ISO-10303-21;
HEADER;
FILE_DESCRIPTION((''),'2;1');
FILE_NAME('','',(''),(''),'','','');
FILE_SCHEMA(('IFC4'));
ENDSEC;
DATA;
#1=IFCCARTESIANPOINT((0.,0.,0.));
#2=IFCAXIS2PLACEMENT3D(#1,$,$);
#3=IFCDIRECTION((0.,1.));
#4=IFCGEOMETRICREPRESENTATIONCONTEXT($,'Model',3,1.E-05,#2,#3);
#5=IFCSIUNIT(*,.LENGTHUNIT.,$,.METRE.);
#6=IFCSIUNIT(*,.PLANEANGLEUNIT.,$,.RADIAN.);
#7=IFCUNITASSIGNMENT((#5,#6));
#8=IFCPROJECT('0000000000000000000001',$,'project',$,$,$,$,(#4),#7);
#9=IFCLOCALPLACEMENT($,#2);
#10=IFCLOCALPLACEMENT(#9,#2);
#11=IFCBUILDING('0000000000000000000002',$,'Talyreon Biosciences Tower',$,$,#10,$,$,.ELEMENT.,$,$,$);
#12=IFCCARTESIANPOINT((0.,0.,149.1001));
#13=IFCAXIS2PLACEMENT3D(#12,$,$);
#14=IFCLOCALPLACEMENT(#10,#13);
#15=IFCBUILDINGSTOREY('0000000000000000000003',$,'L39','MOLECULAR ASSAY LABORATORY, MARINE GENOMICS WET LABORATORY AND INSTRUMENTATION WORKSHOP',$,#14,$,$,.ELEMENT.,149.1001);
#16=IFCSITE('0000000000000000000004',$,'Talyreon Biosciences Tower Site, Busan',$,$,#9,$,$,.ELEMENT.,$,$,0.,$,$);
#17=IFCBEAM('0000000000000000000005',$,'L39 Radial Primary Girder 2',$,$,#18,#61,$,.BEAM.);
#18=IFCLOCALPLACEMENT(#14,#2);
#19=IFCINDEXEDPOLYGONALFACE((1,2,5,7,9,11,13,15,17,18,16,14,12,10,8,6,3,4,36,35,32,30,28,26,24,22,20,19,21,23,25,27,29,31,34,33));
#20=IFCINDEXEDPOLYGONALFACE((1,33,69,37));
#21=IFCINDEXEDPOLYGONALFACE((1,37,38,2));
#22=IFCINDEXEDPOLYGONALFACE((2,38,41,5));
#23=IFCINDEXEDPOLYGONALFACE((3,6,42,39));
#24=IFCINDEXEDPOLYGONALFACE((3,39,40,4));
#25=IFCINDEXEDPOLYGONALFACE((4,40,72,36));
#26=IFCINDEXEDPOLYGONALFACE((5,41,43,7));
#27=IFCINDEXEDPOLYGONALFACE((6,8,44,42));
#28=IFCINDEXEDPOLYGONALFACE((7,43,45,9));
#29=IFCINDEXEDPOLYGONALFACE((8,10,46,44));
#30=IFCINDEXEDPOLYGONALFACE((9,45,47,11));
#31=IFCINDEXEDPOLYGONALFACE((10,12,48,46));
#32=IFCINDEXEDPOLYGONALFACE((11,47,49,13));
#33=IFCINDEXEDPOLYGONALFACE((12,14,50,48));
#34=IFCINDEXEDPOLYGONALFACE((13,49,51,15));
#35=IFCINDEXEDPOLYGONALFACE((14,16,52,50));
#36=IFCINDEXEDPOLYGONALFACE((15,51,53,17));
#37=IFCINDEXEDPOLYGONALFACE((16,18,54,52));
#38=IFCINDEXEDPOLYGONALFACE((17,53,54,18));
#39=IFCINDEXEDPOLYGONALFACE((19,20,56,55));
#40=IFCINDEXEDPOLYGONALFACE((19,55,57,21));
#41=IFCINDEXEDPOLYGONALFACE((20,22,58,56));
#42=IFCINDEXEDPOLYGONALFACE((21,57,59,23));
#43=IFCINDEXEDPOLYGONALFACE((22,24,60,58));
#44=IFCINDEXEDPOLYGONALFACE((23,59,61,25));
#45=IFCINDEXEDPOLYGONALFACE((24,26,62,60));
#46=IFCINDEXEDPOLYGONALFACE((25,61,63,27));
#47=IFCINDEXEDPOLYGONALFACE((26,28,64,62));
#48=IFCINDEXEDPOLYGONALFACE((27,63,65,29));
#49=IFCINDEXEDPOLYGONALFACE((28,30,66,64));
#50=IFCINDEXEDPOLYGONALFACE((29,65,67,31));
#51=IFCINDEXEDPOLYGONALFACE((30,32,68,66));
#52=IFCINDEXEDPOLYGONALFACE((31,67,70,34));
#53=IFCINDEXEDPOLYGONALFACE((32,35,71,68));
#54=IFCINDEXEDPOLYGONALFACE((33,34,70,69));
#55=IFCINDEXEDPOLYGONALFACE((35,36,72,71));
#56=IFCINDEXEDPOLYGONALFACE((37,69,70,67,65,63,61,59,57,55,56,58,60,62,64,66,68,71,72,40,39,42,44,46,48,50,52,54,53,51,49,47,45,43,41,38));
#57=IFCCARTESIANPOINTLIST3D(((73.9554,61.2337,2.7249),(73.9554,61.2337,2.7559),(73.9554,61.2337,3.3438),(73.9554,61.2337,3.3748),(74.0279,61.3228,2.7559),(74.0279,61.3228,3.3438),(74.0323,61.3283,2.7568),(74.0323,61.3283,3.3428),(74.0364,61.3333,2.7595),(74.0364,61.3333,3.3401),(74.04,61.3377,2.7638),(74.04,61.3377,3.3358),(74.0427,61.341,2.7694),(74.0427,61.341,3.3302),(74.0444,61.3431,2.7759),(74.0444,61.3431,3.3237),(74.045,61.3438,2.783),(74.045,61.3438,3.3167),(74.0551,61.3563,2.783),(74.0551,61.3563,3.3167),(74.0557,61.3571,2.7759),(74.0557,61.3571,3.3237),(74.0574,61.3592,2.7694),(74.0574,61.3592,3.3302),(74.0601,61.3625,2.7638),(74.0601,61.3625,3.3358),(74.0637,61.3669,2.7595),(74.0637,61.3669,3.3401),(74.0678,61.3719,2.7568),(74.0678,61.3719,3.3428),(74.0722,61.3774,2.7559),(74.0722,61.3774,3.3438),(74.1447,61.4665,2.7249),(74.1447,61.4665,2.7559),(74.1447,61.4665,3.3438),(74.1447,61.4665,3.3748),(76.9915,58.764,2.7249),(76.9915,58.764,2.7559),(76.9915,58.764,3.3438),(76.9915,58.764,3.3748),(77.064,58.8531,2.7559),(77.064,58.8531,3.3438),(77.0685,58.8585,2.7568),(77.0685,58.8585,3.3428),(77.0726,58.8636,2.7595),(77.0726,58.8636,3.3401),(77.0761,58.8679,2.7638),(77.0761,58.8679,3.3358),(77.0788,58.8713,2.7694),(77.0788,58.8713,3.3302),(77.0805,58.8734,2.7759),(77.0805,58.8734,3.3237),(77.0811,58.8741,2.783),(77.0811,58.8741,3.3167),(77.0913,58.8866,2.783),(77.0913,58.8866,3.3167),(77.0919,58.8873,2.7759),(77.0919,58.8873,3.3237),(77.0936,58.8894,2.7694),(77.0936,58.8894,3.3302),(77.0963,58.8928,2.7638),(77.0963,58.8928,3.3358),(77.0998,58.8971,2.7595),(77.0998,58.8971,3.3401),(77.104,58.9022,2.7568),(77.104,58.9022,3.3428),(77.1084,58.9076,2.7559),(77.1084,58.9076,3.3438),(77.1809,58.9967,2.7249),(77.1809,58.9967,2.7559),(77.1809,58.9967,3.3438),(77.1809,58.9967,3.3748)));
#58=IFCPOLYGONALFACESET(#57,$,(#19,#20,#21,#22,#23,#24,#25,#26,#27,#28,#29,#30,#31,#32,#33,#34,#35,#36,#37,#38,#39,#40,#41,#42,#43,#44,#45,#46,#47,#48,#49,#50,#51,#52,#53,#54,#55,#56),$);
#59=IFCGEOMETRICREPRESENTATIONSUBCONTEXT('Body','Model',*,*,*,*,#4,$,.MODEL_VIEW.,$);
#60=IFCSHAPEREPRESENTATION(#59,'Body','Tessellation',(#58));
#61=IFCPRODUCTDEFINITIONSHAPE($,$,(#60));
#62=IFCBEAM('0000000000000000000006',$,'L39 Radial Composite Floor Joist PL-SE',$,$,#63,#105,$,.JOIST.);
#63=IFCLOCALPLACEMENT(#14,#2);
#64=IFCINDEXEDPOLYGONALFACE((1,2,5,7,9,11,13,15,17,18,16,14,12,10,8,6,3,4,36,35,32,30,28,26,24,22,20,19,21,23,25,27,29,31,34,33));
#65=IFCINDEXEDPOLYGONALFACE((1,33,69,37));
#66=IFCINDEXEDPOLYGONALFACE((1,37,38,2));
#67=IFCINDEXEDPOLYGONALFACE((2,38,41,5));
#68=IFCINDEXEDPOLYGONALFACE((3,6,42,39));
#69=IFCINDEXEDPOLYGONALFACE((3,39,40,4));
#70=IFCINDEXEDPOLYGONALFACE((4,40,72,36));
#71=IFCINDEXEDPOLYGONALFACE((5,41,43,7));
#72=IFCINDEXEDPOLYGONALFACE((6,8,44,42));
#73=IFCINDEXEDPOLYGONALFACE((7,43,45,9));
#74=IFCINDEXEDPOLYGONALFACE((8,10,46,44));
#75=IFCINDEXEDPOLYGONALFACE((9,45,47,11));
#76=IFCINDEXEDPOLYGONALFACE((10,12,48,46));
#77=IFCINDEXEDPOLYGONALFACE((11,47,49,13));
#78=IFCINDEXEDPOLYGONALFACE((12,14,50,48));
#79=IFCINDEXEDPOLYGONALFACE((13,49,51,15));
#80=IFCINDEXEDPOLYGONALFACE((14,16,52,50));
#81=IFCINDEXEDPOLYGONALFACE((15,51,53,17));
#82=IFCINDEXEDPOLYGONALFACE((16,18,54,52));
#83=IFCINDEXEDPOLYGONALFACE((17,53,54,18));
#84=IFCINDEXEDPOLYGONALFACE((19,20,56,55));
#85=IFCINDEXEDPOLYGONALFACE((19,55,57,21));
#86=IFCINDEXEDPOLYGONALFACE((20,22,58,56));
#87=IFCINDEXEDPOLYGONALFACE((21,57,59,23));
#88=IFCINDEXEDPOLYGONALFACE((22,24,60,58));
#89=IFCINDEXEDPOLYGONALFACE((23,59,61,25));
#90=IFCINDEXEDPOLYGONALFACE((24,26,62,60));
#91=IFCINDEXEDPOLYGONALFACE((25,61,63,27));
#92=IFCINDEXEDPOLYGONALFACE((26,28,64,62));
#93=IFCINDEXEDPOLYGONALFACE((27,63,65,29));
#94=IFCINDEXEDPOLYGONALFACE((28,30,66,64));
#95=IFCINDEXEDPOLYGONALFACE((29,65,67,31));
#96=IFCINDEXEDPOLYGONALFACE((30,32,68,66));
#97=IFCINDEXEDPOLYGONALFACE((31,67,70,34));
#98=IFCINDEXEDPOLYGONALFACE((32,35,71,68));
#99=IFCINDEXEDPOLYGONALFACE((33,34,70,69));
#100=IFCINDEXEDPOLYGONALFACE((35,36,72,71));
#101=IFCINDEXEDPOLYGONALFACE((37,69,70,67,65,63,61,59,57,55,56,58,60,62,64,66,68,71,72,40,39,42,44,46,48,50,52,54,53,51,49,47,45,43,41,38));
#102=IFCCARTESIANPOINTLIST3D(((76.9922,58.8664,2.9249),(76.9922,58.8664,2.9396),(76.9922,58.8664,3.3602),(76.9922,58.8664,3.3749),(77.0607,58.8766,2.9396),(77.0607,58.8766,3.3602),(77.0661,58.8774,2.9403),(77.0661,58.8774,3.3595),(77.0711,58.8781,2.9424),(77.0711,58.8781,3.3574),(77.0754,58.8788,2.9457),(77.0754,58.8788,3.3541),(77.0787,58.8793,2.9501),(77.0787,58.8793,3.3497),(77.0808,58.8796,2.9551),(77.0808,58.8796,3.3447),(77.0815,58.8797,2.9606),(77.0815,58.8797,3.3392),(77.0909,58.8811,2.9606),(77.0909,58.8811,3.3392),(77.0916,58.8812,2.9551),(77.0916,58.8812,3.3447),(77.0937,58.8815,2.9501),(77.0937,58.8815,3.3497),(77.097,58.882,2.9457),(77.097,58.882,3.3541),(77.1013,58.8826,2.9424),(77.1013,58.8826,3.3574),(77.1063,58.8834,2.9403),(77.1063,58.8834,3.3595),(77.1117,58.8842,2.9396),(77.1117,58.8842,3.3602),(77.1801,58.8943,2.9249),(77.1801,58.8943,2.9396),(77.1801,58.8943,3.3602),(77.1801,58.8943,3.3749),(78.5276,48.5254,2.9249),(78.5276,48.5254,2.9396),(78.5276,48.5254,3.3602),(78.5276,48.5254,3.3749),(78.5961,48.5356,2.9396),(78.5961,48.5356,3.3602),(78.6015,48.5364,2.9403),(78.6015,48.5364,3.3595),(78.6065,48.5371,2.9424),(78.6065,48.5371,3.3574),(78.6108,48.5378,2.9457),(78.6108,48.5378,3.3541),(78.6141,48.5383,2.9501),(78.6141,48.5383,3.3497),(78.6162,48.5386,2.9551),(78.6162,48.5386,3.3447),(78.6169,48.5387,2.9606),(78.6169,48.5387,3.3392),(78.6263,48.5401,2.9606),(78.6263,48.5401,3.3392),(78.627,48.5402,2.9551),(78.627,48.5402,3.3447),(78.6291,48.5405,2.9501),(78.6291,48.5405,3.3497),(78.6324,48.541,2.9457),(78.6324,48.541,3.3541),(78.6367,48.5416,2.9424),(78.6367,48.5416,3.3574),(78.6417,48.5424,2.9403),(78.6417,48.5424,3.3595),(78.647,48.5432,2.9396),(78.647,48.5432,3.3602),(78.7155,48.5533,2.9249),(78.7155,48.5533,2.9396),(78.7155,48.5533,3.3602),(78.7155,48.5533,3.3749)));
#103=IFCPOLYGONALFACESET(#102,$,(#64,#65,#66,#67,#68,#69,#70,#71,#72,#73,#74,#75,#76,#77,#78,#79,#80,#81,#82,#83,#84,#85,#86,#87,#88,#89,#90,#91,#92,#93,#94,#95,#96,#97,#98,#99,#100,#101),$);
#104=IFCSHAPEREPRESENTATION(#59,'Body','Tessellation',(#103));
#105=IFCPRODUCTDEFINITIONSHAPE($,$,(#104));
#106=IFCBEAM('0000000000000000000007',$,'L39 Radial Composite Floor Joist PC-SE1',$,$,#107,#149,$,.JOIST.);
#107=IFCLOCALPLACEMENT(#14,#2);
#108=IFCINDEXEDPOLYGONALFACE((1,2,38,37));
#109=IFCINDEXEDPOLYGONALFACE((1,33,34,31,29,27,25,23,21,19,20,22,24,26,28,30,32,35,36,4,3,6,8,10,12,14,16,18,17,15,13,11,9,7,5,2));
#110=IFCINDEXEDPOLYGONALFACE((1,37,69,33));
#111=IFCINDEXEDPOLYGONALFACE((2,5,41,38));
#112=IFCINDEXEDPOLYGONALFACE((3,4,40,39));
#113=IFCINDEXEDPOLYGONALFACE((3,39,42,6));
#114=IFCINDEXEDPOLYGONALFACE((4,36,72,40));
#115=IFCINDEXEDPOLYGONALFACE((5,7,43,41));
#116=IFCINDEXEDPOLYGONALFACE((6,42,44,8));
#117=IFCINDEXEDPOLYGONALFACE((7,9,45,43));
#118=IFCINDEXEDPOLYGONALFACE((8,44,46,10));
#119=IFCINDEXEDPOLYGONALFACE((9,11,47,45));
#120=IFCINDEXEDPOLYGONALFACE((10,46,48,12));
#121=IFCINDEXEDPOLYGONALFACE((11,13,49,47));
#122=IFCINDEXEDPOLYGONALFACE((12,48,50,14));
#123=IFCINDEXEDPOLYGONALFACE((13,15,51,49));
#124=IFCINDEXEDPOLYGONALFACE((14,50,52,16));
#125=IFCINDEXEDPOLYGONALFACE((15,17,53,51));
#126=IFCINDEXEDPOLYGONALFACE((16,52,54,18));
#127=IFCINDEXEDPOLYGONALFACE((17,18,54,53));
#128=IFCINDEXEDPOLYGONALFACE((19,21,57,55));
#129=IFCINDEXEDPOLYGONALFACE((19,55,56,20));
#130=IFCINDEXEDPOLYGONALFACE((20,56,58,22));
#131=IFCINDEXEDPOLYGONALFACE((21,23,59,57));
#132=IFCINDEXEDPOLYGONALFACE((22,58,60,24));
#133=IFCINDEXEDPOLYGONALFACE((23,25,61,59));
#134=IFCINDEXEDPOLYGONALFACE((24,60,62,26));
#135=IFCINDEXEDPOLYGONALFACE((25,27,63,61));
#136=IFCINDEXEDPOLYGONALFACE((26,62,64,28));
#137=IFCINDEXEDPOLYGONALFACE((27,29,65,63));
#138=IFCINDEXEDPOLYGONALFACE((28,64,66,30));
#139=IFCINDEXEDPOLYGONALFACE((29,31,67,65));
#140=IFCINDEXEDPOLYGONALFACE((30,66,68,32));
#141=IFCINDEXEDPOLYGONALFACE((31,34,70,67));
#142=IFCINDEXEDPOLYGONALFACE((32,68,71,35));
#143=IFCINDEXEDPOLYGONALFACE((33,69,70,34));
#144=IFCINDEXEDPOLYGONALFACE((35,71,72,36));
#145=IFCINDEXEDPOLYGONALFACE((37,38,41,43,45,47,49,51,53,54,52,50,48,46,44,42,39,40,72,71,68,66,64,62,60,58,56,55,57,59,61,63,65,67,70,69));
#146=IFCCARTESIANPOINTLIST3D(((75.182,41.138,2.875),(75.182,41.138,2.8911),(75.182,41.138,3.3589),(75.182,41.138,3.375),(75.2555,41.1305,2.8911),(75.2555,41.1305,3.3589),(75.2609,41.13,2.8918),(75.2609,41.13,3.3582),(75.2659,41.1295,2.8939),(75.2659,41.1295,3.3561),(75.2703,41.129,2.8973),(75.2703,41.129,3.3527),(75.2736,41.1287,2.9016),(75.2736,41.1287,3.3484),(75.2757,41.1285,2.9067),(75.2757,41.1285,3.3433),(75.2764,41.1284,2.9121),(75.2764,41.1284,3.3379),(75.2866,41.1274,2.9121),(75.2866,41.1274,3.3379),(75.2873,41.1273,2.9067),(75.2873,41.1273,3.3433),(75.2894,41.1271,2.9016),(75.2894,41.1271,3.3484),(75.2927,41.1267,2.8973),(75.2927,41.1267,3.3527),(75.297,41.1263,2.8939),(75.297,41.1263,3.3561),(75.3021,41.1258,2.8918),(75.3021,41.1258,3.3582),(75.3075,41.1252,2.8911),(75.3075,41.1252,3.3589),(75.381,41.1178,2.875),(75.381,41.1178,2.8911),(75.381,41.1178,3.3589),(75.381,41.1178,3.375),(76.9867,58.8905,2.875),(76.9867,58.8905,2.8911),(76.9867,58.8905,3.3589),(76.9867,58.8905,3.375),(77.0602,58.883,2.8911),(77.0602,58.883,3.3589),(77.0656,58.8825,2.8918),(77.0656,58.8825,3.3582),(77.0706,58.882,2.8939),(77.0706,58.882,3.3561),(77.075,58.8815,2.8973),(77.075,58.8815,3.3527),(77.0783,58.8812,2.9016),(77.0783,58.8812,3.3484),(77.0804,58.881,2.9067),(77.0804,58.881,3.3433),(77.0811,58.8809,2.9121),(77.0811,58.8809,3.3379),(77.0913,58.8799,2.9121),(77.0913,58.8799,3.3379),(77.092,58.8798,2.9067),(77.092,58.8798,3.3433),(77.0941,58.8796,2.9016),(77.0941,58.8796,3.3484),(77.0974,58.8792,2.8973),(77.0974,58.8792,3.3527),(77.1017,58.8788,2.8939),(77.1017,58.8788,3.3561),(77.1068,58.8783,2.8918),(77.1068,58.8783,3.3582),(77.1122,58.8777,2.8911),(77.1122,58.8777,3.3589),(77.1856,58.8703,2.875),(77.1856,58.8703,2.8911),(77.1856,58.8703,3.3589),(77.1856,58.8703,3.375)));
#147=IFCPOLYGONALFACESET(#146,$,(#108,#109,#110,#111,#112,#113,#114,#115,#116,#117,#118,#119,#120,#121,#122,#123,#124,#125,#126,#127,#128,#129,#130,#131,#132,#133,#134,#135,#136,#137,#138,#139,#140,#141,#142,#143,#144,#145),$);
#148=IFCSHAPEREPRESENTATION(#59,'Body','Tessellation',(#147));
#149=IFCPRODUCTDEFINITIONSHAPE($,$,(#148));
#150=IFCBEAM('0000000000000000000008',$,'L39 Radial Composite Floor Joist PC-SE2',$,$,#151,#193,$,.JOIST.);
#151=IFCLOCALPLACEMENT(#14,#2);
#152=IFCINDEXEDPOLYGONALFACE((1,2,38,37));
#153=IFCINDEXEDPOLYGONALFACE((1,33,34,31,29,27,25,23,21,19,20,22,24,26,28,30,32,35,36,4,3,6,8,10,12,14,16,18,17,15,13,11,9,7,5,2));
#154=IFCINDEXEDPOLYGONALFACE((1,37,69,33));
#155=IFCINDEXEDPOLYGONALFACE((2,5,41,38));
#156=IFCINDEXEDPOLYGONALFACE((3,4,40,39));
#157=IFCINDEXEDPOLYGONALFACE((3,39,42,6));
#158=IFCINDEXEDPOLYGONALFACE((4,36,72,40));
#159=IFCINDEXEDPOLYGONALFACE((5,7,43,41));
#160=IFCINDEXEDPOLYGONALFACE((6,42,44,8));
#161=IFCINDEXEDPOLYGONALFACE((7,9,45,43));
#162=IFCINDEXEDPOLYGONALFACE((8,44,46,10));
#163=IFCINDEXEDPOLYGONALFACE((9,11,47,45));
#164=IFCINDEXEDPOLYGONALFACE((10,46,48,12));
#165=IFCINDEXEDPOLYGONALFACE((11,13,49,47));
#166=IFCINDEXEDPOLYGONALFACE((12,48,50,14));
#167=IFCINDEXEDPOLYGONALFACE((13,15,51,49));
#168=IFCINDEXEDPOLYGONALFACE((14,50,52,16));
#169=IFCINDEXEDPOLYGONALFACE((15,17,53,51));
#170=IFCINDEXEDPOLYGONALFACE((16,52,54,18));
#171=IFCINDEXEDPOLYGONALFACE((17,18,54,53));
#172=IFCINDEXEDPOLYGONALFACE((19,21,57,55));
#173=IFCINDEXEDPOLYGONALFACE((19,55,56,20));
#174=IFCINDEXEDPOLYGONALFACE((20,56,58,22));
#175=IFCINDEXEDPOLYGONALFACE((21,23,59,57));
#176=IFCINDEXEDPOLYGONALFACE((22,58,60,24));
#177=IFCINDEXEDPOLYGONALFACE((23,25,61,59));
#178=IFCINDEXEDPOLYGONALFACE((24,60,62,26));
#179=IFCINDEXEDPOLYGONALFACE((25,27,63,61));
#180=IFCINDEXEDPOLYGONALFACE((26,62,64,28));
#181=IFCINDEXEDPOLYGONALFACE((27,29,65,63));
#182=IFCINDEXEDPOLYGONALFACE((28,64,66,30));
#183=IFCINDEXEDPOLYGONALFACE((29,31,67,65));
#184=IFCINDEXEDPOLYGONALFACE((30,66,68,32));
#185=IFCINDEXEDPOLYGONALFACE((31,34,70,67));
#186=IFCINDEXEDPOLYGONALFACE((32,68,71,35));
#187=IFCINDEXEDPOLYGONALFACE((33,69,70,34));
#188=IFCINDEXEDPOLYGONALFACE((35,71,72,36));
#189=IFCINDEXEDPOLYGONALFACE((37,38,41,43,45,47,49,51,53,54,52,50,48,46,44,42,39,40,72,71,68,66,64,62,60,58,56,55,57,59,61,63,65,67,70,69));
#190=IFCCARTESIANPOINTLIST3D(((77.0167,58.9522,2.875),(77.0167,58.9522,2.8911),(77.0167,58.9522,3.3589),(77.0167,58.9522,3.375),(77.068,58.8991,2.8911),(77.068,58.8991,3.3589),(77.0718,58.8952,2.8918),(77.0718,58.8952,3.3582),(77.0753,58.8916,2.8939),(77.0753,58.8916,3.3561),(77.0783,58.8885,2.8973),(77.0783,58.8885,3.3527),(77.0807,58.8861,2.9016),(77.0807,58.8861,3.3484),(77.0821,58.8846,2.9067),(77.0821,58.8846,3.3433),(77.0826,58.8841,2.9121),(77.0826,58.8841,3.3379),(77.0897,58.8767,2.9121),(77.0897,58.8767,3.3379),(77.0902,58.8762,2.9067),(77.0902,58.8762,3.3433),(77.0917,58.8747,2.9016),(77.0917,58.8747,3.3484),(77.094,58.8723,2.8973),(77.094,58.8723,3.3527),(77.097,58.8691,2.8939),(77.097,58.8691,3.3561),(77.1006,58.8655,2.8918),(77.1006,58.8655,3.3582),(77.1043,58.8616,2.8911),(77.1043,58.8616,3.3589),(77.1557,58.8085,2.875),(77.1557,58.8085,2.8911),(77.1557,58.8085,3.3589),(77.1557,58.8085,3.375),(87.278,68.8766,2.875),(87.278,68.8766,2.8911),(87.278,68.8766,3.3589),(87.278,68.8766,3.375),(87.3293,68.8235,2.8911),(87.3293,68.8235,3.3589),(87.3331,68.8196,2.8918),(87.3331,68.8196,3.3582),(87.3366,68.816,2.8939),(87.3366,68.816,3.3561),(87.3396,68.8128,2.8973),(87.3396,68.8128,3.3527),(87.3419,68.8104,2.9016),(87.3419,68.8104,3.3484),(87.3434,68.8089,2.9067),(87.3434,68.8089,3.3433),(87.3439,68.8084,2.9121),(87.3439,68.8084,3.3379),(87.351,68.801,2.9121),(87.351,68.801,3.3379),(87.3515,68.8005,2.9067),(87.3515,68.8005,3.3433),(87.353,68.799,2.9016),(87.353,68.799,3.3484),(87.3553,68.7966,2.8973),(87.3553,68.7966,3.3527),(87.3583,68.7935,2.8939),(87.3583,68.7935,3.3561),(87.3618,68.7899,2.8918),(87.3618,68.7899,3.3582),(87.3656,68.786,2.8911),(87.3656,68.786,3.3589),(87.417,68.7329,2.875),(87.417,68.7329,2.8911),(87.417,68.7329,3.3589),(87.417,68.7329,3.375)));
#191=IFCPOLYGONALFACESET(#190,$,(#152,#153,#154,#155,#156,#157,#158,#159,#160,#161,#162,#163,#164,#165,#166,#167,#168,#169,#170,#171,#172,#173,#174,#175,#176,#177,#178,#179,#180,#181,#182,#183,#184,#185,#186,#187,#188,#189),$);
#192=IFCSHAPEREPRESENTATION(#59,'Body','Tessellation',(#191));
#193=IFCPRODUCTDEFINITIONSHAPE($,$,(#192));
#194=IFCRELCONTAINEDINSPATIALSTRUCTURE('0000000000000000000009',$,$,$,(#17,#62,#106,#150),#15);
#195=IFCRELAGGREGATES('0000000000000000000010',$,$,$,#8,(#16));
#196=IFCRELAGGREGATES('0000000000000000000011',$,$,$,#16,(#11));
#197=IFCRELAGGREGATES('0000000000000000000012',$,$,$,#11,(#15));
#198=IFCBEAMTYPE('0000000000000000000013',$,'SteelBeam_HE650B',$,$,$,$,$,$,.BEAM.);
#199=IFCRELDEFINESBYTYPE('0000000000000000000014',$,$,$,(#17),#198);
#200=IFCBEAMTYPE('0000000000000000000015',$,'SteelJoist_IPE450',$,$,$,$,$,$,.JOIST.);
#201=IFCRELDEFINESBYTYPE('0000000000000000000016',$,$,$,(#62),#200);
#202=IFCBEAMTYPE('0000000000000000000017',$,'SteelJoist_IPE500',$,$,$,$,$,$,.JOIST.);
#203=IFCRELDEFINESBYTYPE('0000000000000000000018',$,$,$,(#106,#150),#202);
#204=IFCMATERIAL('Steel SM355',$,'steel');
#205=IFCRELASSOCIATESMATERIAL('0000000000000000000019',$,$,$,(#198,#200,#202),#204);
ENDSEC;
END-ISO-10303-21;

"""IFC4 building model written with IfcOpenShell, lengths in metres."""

from ifc_helpers import new_model, si_unit, direction, frame, origin, origin_2d, place, context, subcontext, project, spatial, i_section, extrude, material, material_profile, profile_set, type_object, element, save


model = new_model("IFC4")

# Units and contexts
model_context = context("Model", 3, precision=1e-05, world=origin(), true_north=direction((0.0, 1.0)))
body_context = subcontext(model_context, "Body", "Model", "MODEL_VIEW")
ifc_project = project(units=[si_unit("LENGTHUNIT", "METRE"), si_unit("PLANEANGLEUNIT", "RADIAN")], contexts=[model_context])

# Site, building, storey
site_placement = place(None, origin())
site = spatial("IfcSite", under=ifc_project, at=site_placement, Name="Talyreon Biosciences Tower Site, Busan", CompositionType="ELEMENT", RefElevation=0.0)
building_placement = place(site_placement, origin())
building = spatial("IfcBuilding", under=site, at=building_placement, Name="Talyreon Biosciences Tower", CompositionType="ELEMENT")
storey_placement = place(building_placement, frame((0.0, 0.0, 149.1001)))
storey = spatial("IfcBuildingStorey", under=building, at=storey_placement, Name="L39", Description="MOLECULAR ASSAY LABORATORY, MARINE GENOMICS WET LABORATORY AND INSTRUMENTATION WORKSHOP", CompositionType="ELEMENT", Elevation=149.1001)

# Beams
ifc_material_1 = material(Name="Steel SM355", Category="steel")
ifc_material_profile_1 = material_profile(ifc_material_1, i_section(OverallWidth=0.3, OverallDepth=0.6499, WebThickness=0.0161, FlangeThickness=0.031, FilletRadius=0.0271, at=origin_2d()), Name="HE650B")
ifc_profile_set_1 = profile_set([ifc_material_profile_1], Name="Steel SM355")
beam_type_1 = type_object("IfcBeamType", Name="SteelBeam_HE650B", PredefinedType="BEAM", material=ifc_profile_set_1)
beam_1_placement = place(storey_placement, frame((74.05, 61.3501, 3.0498), z_axis=(0.775755, -0.631034, 0.0), x_axis=(0.631034, 0.775755, 0.0)))
element("IfcBeam", 1, at=beam_1_placement, inside=storey, type_object=beam_type_1, Name="L39 Radial Primary Girder 2", PredefinedType="BEAM", context=body_context, shape_type="SweptSolid", body=[
    extrude(i_section(OverallWidth=0.3, OverallDepth=0.6499, WebThickness=0.0161, FlangeThickness=0.031, FilletRadius=0.0271, at=origin_2d()), origin(), (0.0, 0.0, 1.0), 3.9138),
])
ifc_material_profile_2 = material_profile(ifc_material_1, i_section(OverallWidth=0.1899, OverallDepth=0.45, WebThickness=0.0095, FlangeThickness=0.0146, FilletRadius=0.021, at=origin_2d()), Name="IPE450")
ifc_profile_set_2 = profile_set([ifc_material_profile_2], Name="Steel SM355")
beam_type_2 = type_object("IfcBeamType", Name="SteelJoist_IPE450", PredefinedType="JOIST", material=ifc_profile_set_2)
beam_2_placement = place(storey_placement, frame((77.0862, 58.8804, 3.1499), z_axis=(0.146866, -0.989156, 0.0), x_axis=(0.989156, 0.146866, 0.0)))
element("IfcBeam", 2, at=beam_2_placement, inside=storey, type_object=beam_type_2, Name="L39 Radial Composite Floor Joist PL-SE", PredefinedType="JOIST", context=body_context, shape_type="SweptSolid", body=[
    extrude(i_section(OverallWidth=0.1899, OverallDepth=0.45, WebThickness=0.0095, FlangeThickness=0.0146, FilletRadius=0.021, at=origin_2d()), origin(), (0.0, 0.0, 1.0), 10.4543),
])
ifc_material_profile_3 = material_profile(ifc_material_1, i_section(OverallWidth=0.2, OverallDepth=0.5, WebThickness=0.0103, FlangeThickness=0.0161, FilletRadius=0.021, at=origin_2d()), Name="IPE500")
ifc_profile_set_3 = profile_set([ifc_material_profile_3], Name="Steel SM355")
beam_type_3 = type_object("IfcBeamType", Name="SteelJoist_IPE500", PredefinedType="JOIST", material=ifc_profile_set_3)
beam_3_placement = place(storey_placement, frame((77.0862, 58.8804, 3.125), z_axis=(-0.101137, -0.994872, 0.0), x_axis=(0.994872, -0.101137, 0.0)))
element("IfcBeam", 3, at=beam_3_placement, inside=storey, type_object=beam_type_3, Name="L39 Radial Composite Floor Joist PC-SE1", PredefinedType="JOIST", context=body_context, shape_type="SweptSolid", body=[
    extrude(i_section(OverallWidth=0.2, OverallDepth=0.5, WebThickness=0.0103, FlangeThickness=0.0161, FilletRadius=0.021, at=origin_2d()), origin(), (0.0, 0.0, 1.0), 17.844),
])
beam_4_placement = place(storey_placement, frame((77.0862, 58.8804, 3.125), z_axis=(0.718809, 0.695208, 0.0), x_axis=(-0.695208, 0.718809, 0.0)))
element("IfcBeam", 4, at=beam_4_placement, inside=storey, type_object=beam_type_3, Name="L39 Radial Composite Floor Joist PC-SE2", PredefinedType="JOIST", context=body_context, shape_type="SweptSolid", body=[
    extrude(i_section(OverallWidth=0.2, OverallDepth=0.5, WebThickness=0.0103, FlangeThickness=0.0161, FilletRadius=0.021, at=origin_2d()), origin(), (0.0, 0.0, 1.0), 14.2754),
])

save(model, "model.ifc")
